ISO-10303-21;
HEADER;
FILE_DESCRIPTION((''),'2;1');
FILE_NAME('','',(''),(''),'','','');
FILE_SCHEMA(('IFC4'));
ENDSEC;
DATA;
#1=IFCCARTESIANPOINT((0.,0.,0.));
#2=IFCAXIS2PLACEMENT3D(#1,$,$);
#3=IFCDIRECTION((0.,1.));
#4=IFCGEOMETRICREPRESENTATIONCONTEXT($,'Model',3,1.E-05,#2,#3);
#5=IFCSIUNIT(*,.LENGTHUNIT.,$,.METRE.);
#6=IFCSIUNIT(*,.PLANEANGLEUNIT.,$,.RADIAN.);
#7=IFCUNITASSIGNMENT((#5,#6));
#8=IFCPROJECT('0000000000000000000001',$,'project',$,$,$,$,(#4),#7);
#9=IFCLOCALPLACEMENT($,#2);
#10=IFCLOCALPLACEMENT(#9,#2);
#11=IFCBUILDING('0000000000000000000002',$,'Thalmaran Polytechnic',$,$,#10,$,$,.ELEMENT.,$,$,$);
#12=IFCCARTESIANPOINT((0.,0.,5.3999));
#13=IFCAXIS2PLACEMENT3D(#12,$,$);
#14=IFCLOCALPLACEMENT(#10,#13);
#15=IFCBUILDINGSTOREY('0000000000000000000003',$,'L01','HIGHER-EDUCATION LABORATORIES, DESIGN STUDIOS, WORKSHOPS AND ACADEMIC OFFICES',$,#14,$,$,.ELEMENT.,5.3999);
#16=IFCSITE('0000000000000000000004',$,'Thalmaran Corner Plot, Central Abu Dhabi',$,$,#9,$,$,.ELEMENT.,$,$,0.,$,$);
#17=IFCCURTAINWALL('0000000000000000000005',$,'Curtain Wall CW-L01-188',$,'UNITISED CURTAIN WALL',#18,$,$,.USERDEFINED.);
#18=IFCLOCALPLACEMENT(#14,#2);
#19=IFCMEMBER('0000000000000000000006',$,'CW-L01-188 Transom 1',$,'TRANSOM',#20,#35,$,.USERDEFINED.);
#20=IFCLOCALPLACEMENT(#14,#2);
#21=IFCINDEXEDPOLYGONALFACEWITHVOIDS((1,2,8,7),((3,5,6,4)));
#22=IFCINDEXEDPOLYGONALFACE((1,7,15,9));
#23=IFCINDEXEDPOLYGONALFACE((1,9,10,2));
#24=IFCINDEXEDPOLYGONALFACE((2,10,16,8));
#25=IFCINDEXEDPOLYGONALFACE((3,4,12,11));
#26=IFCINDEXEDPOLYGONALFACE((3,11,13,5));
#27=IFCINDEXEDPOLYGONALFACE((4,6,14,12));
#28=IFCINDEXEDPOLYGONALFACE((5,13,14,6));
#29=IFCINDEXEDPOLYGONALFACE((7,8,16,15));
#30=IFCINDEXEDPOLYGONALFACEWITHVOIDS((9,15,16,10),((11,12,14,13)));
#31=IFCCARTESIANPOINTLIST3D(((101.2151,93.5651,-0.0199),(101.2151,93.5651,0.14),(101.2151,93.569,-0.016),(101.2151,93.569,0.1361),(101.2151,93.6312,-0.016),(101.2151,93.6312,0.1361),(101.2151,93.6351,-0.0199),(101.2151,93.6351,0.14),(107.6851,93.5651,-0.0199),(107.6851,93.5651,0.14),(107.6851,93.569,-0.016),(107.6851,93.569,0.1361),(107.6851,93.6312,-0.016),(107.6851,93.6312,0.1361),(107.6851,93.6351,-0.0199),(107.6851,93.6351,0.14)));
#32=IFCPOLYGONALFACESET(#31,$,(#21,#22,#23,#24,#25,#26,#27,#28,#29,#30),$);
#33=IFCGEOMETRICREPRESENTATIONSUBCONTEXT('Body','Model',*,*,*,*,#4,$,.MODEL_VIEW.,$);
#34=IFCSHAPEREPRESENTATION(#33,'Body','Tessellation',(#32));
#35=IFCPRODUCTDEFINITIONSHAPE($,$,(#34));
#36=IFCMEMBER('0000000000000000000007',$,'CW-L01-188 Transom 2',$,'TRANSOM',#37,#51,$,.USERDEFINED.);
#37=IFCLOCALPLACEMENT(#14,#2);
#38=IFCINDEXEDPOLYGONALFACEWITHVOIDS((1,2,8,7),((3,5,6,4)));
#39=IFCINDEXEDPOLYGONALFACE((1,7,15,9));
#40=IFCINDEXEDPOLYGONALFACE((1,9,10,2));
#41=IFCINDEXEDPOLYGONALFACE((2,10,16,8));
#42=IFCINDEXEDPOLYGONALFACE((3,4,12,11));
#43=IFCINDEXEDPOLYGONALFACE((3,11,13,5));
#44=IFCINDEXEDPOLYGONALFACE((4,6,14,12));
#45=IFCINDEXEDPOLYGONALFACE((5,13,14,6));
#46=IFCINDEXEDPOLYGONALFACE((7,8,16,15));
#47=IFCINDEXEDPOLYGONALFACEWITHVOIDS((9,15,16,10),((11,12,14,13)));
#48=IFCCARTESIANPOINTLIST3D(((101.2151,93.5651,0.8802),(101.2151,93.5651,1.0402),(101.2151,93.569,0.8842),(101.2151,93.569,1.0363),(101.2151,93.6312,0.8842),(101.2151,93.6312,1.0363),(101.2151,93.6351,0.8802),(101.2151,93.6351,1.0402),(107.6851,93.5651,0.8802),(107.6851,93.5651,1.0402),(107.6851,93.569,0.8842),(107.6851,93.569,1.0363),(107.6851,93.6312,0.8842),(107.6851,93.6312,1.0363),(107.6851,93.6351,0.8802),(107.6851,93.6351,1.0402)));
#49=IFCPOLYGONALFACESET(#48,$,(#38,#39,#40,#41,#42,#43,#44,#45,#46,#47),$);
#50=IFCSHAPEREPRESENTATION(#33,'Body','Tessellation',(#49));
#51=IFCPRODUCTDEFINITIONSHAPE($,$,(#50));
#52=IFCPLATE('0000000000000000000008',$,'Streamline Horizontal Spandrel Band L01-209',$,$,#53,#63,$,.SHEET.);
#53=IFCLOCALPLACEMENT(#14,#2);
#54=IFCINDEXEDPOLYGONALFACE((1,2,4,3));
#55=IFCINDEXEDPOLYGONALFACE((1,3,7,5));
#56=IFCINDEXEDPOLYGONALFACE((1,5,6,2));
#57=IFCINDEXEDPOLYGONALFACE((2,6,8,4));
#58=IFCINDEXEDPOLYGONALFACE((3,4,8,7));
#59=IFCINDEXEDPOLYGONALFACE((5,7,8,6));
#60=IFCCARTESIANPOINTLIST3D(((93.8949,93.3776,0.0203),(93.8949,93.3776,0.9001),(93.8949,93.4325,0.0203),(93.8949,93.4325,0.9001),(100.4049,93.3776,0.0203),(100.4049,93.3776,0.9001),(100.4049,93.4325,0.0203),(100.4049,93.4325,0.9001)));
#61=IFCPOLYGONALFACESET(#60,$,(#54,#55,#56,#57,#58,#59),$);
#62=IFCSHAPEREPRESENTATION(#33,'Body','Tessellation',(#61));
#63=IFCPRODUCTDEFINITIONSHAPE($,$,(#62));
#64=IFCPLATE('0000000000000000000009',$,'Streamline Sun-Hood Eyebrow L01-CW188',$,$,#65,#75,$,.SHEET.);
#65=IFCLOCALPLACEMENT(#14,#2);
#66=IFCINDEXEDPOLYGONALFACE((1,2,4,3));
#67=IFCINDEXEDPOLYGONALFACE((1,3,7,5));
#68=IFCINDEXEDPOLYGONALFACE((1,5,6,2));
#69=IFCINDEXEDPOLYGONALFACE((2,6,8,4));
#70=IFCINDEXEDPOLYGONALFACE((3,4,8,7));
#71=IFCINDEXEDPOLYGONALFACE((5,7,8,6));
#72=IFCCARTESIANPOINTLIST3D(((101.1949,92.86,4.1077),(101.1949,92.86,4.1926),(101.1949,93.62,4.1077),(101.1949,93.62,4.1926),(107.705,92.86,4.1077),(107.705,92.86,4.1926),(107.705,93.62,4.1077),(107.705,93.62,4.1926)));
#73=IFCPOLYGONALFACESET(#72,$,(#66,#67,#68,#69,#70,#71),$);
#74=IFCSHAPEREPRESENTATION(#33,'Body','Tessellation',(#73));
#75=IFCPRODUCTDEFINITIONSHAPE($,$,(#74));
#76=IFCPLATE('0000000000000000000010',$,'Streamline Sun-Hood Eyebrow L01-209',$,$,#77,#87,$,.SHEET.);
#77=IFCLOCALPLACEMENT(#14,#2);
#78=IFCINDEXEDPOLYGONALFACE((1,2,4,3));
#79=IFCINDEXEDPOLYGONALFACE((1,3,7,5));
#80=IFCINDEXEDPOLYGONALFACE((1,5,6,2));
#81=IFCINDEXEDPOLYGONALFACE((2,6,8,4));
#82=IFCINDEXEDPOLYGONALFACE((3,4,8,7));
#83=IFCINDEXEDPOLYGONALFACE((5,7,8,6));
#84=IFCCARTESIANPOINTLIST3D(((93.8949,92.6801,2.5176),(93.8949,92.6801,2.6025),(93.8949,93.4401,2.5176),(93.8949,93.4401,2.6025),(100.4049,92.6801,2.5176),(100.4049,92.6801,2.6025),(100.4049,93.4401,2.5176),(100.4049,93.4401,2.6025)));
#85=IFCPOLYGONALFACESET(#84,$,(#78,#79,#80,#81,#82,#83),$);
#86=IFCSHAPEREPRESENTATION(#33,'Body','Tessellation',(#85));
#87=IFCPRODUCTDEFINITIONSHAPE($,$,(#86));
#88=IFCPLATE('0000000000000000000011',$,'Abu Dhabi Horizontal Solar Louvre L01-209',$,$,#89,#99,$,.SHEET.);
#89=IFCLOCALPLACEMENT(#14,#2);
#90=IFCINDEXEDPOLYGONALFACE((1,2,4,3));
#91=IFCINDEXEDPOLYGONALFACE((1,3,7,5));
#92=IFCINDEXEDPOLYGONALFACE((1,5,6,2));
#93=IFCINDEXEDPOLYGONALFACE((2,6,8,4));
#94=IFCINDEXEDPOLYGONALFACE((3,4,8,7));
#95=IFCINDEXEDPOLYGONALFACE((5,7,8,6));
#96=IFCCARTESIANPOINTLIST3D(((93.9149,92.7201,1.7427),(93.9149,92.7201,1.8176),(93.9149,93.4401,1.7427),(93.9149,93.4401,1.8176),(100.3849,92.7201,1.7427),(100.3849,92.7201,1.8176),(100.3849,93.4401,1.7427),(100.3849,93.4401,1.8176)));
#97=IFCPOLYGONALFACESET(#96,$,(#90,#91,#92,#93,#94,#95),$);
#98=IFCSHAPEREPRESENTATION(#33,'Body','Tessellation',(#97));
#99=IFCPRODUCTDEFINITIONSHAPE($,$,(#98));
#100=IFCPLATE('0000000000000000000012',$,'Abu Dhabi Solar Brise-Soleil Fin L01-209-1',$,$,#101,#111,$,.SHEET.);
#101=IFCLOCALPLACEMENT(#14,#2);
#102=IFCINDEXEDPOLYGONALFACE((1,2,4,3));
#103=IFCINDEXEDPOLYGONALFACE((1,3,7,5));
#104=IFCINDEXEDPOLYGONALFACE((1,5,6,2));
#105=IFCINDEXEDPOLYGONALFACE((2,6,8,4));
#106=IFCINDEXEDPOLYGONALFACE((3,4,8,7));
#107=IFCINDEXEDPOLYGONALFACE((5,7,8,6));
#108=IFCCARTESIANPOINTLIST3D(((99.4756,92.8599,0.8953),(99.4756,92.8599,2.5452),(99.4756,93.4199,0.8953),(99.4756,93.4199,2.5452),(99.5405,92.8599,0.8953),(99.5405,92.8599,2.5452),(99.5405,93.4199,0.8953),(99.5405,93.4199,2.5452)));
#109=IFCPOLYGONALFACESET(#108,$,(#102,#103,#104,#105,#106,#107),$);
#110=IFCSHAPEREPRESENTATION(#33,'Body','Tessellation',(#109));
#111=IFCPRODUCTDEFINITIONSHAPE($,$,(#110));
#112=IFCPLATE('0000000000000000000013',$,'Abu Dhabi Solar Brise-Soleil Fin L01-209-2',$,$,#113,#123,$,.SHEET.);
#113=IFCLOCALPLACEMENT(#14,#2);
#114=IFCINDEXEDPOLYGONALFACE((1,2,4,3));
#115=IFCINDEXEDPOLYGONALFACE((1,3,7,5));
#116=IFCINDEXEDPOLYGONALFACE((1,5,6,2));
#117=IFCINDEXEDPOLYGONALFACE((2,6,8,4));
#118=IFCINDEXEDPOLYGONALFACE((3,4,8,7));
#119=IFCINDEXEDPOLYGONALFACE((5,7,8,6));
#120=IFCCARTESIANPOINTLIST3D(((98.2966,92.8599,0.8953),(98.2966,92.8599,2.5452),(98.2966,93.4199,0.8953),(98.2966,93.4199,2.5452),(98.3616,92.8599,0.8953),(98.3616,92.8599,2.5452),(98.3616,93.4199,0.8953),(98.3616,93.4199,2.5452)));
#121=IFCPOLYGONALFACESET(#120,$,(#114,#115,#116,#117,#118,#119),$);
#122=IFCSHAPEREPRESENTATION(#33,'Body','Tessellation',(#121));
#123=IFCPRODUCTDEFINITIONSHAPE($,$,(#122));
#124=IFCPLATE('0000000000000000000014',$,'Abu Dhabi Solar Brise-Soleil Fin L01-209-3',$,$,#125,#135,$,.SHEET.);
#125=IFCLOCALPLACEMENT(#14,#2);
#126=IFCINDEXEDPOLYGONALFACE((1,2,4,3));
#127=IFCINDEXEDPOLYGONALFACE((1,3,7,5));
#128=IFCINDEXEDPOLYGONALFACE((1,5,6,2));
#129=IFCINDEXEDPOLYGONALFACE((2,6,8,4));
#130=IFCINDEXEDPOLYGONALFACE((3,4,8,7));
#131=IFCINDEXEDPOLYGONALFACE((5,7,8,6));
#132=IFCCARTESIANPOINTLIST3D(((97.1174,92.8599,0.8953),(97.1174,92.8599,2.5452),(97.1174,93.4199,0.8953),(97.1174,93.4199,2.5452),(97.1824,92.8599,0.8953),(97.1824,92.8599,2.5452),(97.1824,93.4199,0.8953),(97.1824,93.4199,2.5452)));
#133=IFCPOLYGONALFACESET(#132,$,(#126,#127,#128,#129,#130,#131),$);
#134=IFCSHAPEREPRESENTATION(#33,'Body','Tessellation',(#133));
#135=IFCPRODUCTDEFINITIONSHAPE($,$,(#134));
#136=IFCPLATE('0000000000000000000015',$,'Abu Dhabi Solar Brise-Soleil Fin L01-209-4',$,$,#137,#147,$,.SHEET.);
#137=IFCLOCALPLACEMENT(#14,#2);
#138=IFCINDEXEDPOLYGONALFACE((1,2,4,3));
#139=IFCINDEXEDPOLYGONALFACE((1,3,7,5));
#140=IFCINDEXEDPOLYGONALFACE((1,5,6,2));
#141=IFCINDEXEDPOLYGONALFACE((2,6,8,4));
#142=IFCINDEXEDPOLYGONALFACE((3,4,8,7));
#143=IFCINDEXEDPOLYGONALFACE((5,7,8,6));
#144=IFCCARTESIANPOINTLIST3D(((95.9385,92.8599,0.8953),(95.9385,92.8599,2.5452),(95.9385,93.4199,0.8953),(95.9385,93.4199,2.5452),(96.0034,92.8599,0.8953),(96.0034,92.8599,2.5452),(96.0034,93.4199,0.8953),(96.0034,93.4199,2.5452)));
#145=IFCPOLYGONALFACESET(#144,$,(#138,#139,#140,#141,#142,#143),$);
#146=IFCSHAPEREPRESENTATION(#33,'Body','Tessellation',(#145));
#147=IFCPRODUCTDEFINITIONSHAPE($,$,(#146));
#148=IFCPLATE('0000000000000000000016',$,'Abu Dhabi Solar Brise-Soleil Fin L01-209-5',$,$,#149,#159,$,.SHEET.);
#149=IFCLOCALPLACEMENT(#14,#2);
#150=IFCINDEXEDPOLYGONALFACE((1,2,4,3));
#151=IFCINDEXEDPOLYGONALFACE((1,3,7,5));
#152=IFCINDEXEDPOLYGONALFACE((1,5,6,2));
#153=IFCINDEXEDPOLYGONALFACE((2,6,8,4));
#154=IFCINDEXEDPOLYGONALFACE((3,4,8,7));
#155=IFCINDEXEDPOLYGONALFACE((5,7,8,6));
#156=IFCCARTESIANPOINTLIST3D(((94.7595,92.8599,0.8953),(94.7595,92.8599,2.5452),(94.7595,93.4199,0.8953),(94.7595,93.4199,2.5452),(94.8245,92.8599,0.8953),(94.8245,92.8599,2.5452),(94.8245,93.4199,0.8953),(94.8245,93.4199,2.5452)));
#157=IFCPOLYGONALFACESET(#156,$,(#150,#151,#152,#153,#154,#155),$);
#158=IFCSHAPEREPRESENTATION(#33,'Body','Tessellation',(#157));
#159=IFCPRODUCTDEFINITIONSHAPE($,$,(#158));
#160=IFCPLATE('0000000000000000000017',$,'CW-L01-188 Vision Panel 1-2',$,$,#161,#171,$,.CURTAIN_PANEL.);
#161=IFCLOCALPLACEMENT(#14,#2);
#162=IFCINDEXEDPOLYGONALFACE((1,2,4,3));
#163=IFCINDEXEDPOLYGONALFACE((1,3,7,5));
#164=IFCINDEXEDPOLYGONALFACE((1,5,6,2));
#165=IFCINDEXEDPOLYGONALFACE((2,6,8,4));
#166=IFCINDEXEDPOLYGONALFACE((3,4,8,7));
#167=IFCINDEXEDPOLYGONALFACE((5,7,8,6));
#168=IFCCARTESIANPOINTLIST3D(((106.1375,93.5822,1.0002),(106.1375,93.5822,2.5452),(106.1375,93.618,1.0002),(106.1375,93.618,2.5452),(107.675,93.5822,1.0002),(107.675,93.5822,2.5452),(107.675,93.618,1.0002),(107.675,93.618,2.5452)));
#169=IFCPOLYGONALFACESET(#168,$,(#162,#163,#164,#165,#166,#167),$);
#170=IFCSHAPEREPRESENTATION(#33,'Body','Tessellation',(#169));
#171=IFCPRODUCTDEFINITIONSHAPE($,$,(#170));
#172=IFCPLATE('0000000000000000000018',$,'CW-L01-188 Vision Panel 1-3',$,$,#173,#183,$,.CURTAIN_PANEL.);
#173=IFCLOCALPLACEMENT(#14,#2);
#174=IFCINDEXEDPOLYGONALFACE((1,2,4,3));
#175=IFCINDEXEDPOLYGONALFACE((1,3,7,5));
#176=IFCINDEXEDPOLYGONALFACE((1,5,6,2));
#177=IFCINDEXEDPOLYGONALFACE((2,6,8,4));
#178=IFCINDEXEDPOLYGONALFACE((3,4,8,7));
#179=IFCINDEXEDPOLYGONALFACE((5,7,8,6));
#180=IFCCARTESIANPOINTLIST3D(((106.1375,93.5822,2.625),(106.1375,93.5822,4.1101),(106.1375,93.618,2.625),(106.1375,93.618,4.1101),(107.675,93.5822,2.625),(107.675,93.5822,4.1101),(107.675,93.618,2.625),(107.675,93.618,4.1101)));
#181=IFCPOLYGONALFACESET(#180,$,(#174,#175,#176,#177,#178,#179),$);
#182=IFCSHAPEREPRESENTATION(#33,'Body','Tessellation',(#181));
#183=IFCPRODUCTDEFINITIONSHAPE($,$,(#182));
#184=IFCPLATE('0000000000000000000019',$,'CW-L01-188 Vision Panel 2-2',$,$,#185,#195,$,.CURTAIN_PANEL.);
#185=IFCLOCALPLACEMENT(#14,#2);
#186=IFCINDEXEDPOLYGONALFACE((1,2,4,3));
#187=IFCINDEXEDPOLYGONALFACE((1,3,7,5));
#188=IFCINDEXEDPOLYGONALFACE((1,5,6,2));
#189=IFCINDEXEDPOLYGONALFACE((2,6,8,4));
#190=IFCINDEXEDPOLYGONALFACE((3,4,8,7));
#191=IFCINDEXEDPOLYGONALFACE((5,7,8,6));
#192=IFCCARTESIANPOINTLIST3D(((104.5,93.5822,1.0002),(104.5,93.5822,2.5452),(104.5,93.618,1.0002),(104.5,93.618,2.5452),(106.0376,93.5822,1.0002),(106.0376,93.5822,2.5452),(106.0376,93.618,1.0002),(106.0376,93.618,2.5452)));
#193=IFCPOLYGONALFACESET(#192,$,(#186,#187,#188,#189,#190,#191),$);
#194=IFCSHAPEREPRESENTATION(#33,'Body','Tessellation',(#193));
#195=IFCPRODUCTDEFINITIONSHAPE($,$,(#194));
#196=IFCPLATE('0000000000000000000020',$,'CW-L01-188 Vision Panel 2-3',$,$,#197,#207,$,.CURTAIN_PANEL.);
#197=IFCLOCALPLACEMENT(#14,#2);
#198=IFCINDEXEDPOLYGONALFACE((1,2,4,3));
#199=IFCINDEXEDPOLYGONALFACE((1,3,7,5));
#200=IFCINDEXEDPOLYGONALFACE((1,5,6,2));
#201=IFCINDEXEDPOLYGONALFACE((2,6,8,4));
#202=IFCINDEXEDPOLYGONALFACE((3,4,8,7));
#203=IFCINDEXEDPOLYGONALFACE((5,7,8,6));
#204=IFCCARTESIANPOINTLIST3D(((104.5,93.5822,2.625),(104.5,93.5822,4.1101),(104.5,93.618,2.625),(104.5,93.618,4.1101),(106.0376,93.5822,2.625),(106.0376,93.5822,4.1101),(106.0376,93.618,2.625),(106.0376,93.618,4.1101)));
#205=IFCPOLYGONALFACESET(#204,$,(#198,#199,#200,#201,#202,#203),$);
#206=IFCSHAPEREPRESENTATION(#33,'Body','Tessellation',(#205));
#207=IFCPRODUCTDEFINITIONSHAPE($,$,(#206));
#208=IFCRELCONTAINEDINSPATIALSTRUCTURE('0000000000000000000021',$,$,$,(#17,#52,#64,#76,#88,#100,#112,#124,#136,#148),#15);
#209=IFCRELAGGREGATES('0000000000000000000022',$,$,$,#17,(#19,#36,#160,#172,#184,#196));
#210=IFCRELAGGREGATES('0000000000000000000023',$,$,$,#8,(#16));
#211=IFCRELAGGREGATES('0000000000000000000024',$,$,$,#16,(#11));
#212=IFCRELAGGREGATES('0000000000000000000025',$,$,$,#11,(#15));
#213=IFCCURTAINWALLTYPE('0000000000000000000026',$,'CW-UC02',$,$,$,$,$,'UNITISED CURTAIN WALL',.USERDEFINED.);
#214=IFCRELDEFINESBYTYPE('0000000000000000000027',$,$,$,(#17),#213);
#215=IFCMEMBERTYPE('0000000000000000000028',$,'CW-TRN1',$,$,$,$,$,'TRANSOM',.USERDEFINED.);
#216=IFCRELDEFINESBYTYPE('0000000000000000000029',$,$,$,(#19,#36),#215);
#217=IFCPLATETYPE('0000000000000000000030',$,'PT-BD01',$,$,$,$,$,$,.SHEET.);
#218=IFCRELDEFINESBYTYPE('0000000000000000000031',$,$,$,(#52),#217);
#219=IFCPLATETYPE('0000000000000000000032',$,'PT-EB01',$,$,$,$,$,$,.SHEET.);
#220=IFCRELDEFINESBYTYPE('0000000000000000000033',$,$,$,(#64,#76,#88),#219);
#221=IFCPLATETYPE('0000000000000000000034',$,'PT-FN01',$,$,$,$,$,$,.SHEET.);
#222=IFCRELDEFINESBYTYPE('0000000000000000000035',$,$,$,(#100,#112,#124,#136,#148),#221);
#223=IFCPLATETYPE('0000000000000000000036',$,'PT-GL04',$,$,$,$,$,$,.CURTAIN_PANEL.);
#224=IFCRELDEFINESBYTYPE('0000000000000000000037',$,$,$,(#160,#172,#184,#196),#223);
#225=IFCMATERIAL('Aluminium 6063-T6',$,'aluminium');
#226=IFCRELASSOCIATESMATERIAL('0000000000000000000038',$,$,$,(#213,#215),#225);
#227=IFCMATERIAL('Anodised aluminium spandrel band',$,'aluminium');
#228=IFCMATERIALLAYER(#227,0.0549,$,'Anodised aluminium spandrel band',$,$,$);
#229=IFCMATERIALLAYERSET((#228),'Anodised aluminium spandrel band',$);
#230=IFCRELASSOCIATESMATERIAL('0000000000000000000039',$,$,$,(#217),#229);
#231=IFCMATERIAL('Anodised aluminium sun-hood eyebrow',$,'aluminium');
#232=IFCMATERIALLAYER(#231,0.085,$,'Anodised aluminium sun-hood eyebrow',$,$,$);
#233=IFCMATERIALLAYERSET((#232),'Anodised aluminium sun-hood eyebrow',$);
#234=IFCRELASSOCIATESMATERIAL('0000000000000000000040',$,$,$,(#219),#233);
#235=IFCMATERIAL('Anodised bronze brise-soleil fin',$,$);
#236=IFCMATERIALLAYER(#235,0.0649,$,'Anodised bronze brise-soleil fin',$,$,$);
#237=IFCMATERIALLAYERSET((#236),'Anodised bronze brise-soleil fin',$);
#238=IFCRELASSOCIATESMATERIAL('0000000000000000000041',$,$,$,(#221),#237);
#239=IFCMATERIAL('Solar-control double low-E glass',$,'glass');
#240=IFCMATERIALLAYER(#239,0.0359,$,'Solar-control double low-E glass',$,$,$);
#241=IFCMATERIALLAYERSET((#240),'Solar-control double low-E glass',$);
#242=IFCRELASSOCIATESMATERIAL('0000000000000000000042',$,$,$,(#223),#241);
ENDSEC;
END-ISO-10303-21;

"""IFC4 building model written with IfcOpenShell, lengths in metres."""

from ifc_helpers import new_model, si_unit, direction, frame, origin, origin_2d, place, context, subcontext, project, spatial, rectangle, hollow_rectangle, extrude, material, layer, layer_set, material_profile, profile_set, type_object, element, aggregate, save


model = new_model("IFC4")

# Units and contexts
model_context = context("Model", 3, precision=1e-05, world=origin(), true_north=direction((0.0, 1.0)))
body_context = subcontext(model_context, "Body", "Model", "MODEL_VIEW")
ifc_project = project(units=[si_unit("LENGTHUNIT", "METRE"), si_unit("PLANEANGLEUNIT", "RADIAN")], contexts=[model_context])

# Site, building, storey
site_placement = place(None, origin())
site = spatial("IfcSite", under=ifc_project, at=site_placement, Name="Thalmaran Corner Plot, Central Abu Dhabi", CompositionType="ELEMENT", RefElevation=0.0)
building_placement = place(site_placement, origin())
building = spatial("IfcBuilding", under=site, at=building_placement, Name="Thalmaran Polytechnic", CompositionType="ELEMENT")
storey_placement = place(building_placement, frame((0.0, 0.0, 5.3999)))
storey = spatial("IfcBuildingStorey", under=building, at=storey_placement, Name="L01", Description="HIGHER-EDUCATION LABORATORIES, DESIGN STUDIOS, WORKSHOPS AND ACADEMIC OFFICES", CompositionType="ELEMENT", Elevation=5.3999)

# Curtain wall, members
ifc_material_1 = material(Name="Aluminium 6063-T6", Category="aluminium")
curtain_wall_type = type_object("IfcCurtainWallType", Name="CW-UC02", ElementType="UNITISED CURTAIN WALL", PredefinedType="USERDEFINED", material=ifc_material_1)
curtain_wall_placement = place(storey_placement, origin())
curtain_wall = element("IfcCurtainWall", 1, at=curtain_wall_placement, inside=storey, type_object=curtain_wall_type, Name="Curtain Wall CW-L01-188", ObjectType="UNITISED CURTAIN WALL", PredefinedType="USERDEFINED")
ifc_material_profile_1 = material_profile(ifc_material_1, hollow_rectangle(XDim=0.0701, YDim=0.1599, WallThickness=0.0039, at=origin_2d()), Name="AL 160x70x4.0")
ifc_profile_set_1 = profile_set([ifc_material_profile_1], Name="Aluminium 6063-T6")
member_type_1 = type_object("IfcMemberType", Name="CW-TRN1", ElementType="TRANSOM", PredefinedType="USERDEFINED", material=ifc_profile_set_1)
member_1_placement = place(storey_placement, frame((107.6851, 93.6001, 0.0601), z_axis=(-1.0, 0.0, 0.0), x_axis=(0.0, -1.0, 0.0)))
member_1 = element("IfcMember", 2, at=member_1_placement, type_object=member_type_1, Name="CW-L01-188 Transom 1", ObjectType="TRANSOM", PredefinedType="USERDEFINED", context=body_context, shape_type="SweptSolid", body=[
    extrude(hollow_rectangle(XDim=0.0701, YDim=0.1599, WallThickness=0.0039, at=origin_2d()), origin(), (0.0, 0.0, 1.0), 6.47),
])
member_2_placement = place(storey_placement, frame((107.6851, 93.6001, 0.9602), z_axis=(-1.0, 0.0, 0.0), x_axis=(0.0, -1.0, 0.0)))
member_2 = element("IfcMember", 3, at=member_2_placement, type_object=member_type_1, Name="CW-L01-188 Transom 2", ObjectType="TRANSOM", PredefinedType="USERDEFINED", context=body_context, shape_type="SweptSolid", body=[
    extrude(hollow_rectangle(XDim=0.0701, YDim=0.1599, WallThickness=0.0039, at=origin_2d()), origin(), (0.0, 0.0, 1.0), 6.47),
])

# Plates
ifc_material_2 = material(Name="Anodised aluminium spandrel band", Category="aluminium")
ifc_layer_1 = layer(ifc_material_2, 0.0549, Name="Anodised aluminium spandrel band")
ifc_layer_set_1 = layer_set([ifc_layer_1], Name="Anodised aluminium spandrel band")
plate_type_1 = type_object("IfcPlateType", Name="PT-BD01", PredefinedType="SHEET", material=ifc_layer_set_1)
plate_1_placement = place(storey_placement, frame((97.1499, 93.405, 0.0203), z_axis=(0.0, 0.0, 1.0), x_axis=(-1.0, 0.0, 0.0)))
element("IfcPlate", 4, at=plate_1_placement, inside=storey, type_object=plate_type_1, Name="Streamline Horizontal Spandrel Band L01-209", PredefinedType="SHEET", context=body_context, shape_type="SweptSolid", body=[
    extrude(rectangle(XDim=6.51, YDim=0.0549, at=origin_2d()), origin(), (0.0, 0.0, 1.0), 0.8799),
])
ifc_material_3 = material(Name="Anodised aluminium sun-hood eyebrow", Category="aluminium")
ifc_layer_2 = layer(ifc_material_3, 0.085, Name="Anodised aluminium sun-hood eyebrow")
ifc_layer_set_2 = layer_set([ifc_layer_2], Name="Anodised aluminium sun-hood eyebrow")
plate_type_2 = type_object("IfcPlateType", Name="PT-EB01", PredefinedType="SHEET", material=ifc_layer_set_2)
for number, where, z_axis, x_axis, name in (
    (5, (104.45, 93.24, 4.1077), (0.0, 0.0, 1.0), (-1.0, 0.0, 0.0), "Streamline Sun-Hood Eyebrow L01-CW188"),
    (6, (97.1499, 93.0601, 2.5176), (0.0, 0.0, 1.0), (-1.0, 0.0, 0.0), "Streamline Sun-Hood Eyebrow L01-209"),
):
    element("IfcPlate", number, at=place(storey_placement, frame(where, z_axis=z_axis, x_axis=x_axis)), inside=storey, type_object=plate_type_2, Name=name, PredefinedType="SHEET", context=body_context, shape_type="SweptSolid", body=[
        extrude(rectangle(XDim=6.51, YDim=0.76, at=origin_2d()), origin(), (0.0, 0.0, 1.0), 0.085),
    ])
plate_2_placement = place(storey_placement, frame((97.1499, 93.0801, 1.7427), z_axis=(0.0, 0.0, 1.0), x_axis=(-1.0, 0.0, 0.0)))
element("IfcPlate", 7, at=plate_2_placement, inside=storey, type_object=plate_type_2, Name="Abu Dhabi Horizontal Solar Louvre L01-209", PredefinedType="SHEET", context=body_context, shape_type="SweptSolid", body=[
    extrude(rectangle(XDim=6.47, YDim=0.72, at=origin_2d()), origin(), (0.0, 0.0, 1.0), 0.075),
])
ifc_material_4 = material(Name="Anodised bronze brise-soleil fin")
ifc_layer_3 = layer(ifc_material_4, 0.0649, Name="Anodised bronze brise-soleil fin")
ifc_layer_set_3 = layer_set([ifc_layer_3], Name="Anodised bronze brise-soleil fin")
plate_type_3 = type_object("IfcPlateType", Name="PT-FN01", PredefinedType="SHEET", material=ifc_layer_set_3)
for number, where, z_axis, x_axis, name in (
    (8, (99.5081, 93.1399, 0.8953), (0.0, 0.0, 1.0), (-1.0, 0.0, 0.0), "Abu Dhabi Solar Brise-Soleil Fin L01-209-1"),
    (9, (98.3291, 93.1399, 0.8953), (0.0, 0.0, 1.0), (-1.0, 0.0, 0.0), "Abu Dhabi Solar Brise-Soleil Fin L01-209-2"),
    (10, (97.1499, 93.1399, 0.8953), (0.0, 0.0, 1.0), (-1.0, 0.0, 0.0), "Abu Dhabi Solar Brise-Soleil Fin L01-209-3"),
    (11, (95.9709, 93.1399, 0.8953), (0.0, 0.0, 1.0), (-1.0, 0.0, 0.0), "Abu Dhabi Solar Brise-Soleil Fin L01-209-4"),
    (12, (94.792, 93.1399, 0.8953), (0.0, 0.0, 1.0), (-1.0, 0.0, 0.0), "Abu Dhabi Solar Brise-Soleil Fin L01-209-5"),
):
    element("IfcPlate", number, at=place(storey_placement, frame(where, z_axis=z_axis, x_axis=x_axis)), inside=storey, type_object=plate_type_3, Name=name, PredefinedType="SHEET", context=body_context, shape_type="SweptSolid", body=[
        extrude(rectangle(XDim=0.0649, YDim=0.5601, at=origin_2d()), origin(), (0.0, 0.0, 1.0), 1.6499),
    ])

# Plates
ifc_material_5 = material(Name="Solar-control double low-E glass", Category="glass")
ifc_layer_4 = layer(ifc_material_5, 0.0359, Name="Solar-control double low-E glass")
ifc_layer_set_4 = layer_set([ifc_layer_4], Name="Solar-control double low-E glass")
plate_type_4 = type_object("IfcPlateType", Name="PT-GL04", PredefinedType="CURTAIN_PANEL", material=ifc_layer_set_4)
plate_3_placement = place(storey_placement, frame((106.9062, 93.6001, 1.0002), z_axis=(0.0, 0.0, 1.0), x_axis=(-1.0, 0.0, 0.0)))
plate_3 = element("IfcPlate", 13, at=plate_3_placement, type_object=plate_type_4, Name="CW-L01-188 Vision Panel 1-2", PredefinedType="CURTAIN_PANEL", context=body_context, shape_type="SweptSolid", body=[
    extrude(rectangle(XDim=1.5376, YDim=0.0359, at=origin_2d()), origin(), (0.0, 0.0, 1.0), 1.5449),
])
plate_4_placement = place(storey_placement, frame((106.9062, 93.6001, 2.625), z_axis=(0.0, 0.0, 1.0), x_axis=(-1.0, 0.0, 0.0)))
plate_4 = element("IfcPlate", 14, at=plate_4_placement, type_object=plate_type_4, Name="CW-L01-188 Vision Panel 1-3", PredefinedType="CURTAIN_PANEL", context=body_context, shape_type="SweptSolid", body=[
    extrude(rectangle(XDim=1.5376, YDim=0.0359, at=origin_2d()), origin(), (0.0, 0.0, 1.0), 1.4851),
])
plate_5_placement = place(storey_placement, frame((105.2688, 93.6001, 1.0002), z_axis=(0.0, 0.0, 1.0), x_axis=(-1.0, 0.0, 0.0)))
plate_5 = element("IfcPlate", 15, at=plate_5_placement, type_object=plate_type_4, Name="CW-L01-188 Vision Panel 2-2", PredefinedType="CURTAIN_PANEL", context=body_context, shape_type="SweptSolid", body=[
    extrude(rectangle(XDim=1.5376, YDim=0.0359, at=origin_2d()), origin(), (0.0, 0.0, 1.0), 1.5449),
])
plate_6_placement = place(storey_placement, frame((105.2688, 93.6001, 2.625), z_axis=(0.0, 0.0, 1.0), x_axis=(-1.0, 0.0, 0.0)))
plate_6 = element("IfcPlate", 16, at=plate_6_placement, type_object=plate_type_4, Name="CW-L01-188 Vision Panel 2-3", PredefinedType="CURTAIN_PANEL", context=body_context, shape_type="SweptSolid", body=[
    extrude(rectangle(XDim=1.5376, YDim=0.0359, at=origin_2d()), origin(), (0.0, 0.0, 1.0), 1.4851),
])
aggregate(curtain_wall, [member_1, member_2, plate_3, plate_4, plate_5, plate_6])

save(model, "model.ifc")
